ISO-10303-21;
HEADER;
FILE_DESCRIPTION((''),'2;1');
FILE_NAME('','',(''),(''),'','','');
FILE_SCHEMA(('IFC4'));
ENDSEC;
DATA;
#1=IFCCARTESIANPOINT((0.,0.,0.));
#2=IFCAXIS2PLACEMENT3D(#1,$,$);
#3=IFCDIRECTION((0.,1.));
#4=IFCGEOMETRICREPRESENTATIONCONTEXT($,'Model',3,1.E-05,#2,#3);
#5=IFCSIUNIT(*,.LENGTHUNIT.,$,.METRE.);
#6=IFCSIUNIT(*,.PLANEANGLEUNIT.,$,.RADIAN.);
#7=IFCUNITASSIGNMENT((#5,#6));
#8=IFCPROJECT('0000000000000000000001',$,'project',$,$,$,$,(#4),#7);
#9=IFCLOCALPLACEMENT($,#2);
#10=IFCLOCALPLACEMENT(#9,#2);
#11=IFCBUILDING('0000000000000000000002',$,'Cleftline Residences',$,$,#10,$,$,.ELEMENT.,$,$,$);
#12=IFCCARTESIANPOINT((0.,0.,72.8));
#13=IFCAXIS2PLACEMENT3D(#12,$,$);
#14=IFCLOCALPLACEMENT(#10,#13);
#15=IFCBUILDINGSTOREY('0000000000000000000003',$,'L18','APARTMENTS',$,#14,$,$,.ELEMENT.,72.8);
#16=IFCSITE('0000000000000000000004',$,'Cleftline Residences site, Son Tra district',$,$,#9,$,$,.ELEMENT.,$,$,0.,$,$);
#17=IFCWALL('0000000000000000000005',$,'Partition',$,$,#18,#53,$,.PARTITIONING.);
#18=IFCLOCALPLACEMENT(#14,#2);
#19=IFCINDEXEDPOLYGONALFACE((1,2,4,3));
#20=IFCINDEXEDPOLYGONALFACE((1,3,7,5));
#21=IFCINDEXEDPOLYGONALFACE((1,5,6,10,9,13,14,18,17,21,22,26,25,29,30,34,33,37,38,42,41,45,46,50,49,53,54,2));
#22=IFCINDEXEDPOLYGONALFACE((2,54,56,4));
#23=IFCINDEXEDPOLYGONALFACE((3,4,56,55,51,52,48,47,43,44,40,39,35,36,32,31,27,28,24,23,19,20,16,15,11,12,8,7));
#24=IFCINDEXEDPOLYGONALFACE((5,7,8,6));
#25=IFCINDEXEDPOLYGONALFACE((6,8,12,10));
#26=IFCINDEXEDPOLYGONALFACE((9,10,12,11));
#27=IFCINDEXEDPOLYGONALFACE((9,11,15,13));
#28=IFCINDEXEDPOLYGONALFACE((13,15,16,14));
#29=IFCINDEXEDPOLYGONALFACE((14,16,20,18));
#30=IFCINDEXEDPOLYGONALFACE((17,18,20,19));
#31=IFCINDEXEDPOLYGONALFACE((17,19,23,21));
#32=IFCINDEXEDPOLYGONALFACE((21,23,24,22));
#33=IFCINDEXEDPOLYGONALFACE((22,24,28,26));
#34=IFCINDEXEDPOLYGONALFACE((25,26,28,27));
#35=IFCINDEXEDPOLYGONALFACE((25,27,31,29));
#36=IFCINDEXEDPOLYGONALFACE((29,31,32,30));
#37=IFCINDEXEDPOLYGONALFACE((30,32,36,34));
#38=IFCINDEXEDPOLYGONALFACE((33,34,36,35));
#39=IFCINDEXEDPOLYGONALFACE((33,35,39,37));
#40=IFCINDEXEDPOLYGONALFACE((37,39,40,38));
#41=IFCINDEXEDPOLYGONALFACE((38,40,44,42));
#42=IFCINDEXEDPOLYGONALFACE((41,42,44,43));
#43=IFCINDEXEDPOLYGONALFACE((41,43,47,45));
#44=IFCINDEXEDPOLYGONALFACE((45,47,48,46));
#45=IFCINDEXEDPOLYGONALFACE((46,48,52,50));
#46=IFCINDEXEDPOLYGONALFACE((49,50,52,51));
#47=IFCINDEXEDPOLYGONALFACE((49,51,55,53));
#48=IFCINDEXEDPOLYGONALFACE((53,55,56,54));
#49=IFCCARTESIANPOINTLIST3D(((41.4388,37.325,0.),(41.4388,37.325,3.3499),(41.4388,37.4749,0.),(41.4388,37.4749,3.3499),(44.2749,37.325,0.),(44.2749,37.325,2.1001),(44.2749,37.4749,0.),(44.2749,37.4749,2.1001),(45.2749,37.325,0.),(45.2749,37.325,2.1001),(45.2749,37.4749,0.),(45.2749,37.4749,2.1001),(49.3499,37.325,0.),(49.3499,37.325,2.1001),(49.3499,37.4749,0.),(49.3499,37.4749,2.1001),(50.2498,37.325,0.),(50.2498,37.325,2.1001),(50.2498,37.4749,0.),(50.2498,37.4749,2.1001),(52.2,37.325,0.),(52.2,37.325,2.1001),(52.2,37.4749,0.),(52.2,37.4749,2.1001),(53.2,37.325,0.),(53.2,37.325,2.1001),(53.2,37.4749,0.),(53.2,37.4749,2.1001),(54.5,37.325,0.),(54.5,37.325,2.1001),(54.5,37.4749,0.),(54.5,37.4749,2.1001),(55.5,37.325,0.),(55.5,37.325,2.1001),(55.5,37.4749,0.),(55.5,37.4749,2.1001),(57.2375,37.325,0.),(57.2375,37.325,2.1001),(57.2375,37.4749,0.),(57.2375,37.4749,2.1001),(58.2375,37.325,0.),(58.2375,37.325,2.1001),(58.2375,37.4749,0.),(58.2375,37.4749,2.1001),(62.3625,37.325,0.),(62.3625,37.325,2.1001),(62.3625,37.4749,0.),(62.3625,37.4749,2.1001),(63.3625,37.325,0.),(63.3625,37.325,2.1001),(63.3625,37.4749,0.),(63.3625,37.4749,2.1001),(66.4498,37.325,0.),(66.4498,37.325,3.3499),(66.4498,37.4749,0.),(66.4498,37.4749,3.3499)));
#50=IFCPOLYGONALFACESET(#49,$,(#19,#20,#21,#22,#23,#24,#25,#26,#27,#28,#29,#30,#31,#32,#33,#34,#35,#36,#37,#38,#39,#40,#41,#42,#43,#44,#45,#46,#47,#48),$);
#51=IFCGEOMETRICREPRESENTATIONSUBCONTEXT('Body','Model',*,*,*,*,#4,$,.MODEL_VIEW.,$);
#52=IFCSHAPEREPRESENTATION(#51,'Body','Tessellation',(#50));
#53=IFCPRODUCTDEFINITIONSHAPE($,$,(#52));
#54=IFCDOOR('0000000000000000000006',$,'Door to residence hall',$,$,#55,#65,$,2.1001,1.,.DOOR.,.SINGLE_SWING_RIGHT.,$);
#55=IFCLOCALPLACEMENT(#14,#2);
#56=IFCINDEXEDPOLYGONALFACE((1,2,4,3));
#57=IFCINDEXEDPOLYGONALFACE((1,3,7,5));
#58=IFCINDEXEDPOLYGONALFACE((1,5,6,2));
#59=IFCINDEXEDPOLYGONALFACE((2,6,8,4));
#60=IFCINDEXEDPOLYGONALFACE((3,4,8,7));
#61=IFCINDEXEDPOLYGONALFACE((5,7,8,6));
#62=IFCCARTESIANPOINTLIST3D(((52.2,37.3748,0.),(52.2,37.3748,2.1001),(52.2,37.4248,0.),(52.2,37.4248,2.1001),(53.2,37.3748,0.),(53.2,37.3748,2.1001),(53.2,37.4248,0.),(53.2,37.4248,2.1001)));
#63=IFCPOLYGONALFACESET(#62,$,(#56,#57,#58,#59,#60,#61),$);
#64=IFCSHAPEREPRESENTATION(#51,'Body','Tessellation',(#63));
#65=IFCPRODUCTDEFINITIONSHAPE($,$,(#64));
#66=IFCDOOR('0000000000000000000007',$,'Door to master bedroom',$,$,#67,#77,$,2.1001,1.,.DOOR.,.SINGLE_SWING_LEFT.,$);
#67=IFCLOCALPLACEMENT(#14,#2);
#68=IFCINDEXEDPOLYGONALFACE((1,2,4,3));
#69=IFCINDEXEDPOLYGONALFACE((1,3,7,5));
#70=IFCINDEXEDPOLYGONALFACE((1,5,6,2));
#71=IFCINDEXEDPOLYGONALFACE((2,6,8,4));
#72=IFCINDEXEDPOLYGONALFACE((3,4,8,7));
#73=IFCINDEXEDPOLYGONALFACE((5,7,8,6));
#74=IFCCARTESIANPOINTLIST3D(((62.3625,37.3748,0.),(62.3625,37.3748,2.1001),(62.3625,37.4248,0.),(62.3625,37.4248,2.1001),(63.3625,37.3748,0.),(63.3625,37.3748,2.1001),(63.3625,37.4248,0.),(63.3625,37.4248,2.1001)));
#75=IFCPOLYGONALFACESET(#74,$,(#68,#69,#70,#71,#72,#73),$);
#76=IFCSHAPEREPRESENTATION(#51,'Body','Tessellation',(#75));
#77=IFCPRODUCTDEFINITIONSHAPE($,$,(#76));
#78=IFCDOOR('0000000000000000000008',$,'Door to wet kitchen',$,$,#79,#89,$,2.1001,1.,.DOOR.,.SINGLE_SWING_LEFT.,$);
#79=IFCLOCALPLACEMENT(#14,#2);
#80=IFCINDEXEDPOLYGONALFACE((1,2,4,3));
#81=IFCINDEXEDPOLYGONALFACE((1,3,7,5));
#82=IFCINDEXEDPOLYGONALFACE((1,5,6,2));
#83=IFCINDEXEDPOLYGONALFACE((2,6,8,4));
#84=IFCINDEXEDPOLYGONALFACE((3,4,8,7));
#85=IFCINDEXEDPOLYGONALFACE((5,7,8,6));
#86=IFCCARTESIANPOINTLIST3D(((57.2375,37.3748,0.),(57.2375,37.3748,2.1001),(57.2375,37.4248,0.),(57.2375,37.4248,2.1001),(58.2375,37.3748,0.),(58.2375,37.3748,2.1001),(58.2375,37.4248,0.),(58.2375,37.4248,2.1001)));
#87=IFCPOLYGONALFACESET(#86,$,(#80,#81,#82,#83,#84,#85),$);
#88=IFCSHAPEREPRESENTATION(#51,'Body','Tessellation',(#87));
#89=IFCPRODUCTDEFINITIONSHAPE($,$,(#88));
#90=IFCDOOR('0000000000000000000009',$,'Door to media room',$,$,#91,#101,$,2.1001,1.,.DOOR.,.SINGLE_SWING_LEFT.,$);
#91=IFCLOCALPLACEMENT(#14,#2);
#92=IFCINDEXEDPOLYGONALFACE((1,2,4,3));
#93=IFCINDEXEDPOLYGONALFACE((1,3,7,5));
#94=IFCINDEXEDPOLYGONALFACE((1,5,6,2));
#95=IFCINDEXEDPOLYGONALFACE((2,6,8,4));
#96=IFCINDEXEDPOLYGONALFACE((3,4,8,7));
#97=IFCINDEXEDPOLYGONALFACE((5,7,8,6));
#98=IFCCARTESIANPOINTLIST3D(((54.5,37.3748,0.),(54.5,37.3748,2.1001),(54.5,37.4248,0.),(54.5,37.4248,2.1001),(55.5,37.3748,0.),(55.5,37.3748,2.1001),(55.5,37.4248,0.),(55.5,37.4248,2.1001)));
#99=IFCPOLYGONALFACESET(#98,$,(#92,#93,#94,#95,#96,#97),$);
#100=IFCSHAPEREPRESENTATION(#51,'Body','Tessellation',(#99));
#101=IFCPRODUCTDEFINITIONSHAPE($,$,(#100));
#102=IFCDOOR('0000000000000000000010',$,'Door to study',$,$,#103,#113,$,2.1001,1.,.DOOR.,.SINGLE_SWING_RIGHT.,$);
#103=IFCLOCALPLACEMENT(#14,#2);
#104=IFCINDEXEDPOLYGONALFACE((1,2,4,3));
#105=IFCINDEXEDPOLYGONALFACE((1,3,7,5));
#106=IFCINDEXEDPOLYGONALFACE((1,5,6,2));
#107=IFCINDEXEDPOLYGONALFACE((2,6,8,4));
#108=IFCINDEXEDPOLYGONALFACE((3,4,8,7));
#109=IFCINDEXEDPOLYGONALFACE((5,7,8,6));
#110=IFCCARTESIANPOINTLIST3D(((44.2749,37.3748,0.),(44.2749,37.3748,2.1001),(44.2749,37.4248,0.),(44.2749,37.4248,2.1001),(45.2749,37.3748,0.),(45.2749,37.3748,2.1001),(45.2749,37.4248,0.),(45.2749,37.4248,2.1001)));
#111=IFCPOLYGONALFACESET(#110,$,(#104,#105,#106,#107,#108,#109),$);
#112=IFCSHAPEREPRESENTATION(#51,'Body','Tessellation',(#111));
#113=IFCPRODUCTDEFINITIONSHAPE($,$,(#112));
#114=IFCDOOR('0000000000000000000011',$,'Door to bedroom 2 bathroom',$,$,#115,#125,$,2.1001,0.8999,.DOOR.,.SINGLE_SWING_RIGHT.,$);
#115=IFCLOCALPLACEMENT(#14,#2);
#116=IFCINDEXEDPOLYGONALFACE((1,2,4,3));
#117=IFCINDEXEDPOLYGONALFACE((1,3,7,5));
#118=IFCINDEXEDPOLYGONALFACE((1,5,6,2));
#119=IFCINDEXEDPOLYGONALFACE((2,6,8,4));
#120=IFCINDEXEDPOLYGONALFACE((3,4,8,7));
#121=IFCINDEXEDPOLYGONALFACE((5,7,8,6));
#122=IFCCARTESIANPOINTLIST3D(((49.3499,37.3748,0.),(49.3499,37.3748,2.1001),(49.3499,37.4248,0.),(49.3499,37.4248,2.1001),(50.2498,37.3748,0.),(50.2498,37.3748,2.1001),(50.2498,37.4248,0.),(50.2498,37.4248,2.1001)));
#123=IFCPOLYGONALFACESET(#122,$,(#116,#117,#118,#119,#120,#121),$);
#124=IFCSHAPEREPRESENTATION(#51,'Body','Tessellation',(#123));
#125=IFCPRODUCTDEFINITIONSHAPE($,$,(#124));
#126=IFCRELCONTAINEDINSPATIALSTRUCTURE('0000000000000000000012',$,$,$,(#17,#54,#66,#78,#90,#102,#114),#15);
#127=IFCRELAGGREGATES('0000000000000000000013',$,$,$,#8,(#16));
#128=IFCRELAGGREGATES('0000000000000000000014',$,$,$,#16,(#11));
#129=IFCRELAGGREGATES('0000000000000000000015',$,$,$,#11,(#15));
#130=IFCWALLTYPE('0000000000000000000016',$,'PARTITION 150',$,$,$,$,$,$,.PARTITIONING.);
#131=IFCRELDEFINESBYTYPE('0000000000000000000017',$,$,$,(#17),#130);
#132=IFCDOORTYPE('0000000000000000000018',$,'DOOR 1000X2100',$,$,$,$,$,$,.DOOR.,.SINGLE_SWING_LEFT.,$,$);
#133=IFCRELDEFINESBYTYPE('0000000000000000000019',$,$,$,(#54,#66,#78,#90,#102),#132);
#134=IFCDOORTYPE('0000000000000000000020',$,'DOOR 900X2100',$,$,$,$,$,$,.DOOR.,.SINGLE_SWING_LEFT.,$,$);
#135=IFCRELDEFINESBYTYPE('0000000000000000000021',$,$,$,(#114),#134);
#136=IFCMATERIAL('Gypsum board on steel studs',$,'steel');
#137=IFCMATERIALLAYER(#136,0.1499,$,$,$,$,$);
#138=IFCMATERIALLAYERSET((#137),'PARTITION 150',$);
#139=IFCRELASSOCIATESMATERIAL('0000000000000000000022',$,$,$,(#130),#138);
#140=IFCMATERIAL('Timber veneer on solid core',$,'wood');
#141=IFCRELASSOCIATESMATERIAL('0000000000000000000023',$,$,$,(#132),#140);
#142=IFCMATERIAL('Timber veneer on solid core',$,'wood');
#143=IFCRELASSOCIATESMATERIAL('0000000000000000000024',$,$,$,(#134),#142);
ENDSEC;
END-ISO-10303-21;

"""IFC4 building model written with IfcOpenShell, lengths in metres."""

from ifc_helpers import new_model, si_unit, direction, frame, frame_2d, origin, place, context, subcontext, project, spatial, rectangle, extrude, material, layer, layer_set, type_object, element, fill, save


model = new_model("IFC4")

# Units and contexts
model_context = context("Model", 3, precision=1e-05, world=origin(), true_north=direction((0.0, 1.0)))
body_context = subcontext(model_context, "Body", "Model", "MODEL_VIEW")
ifc_project = project(units=[si_unit("LENGTHUNIT", "METRE"), si_unit("PLANEANGLEUNIT", "RADIAN")], contexts=[model_context])

# Site, building, storey
site_placement = place(None, origin())
site = spatial("IfcSite", under=ifc_project, at=site_placement, Name="Cleftline Residences site, Son Tra district", CompositionType="ELEMENT", RefElevation=0.0)
building_placement = place(site_placement, origin())
building = spatial("IfcBuilding", under=site, at=building_placement, Name="Cleftline Residences", CompositionType="ELEMENT")
storey_placement = place(building_placement, frame((0.0, 0.0, 72.8)))
storey = spatial("IfcBuildingStorey", under=building, at=storey_placement, Name="L18", Description="APARTMENTS", CompositionType="ELEMENT", Elevation=72.8)

# Wall, openings, doors
ifc_material_1 = material(Name="Gypsum board on steel studs", Category="steel")
ifc_layer_1 = layer(ifc_material_1, 0.1499)
ifc_layer_set_1 = layer_set([ifc_layer_1], Name="PARTITION 150")
wall_type = type_object("IfcWallType", Name="PARTITION 150", PredefinedType="PARTITIONING", material=ifc_layer_set_1)
wall_1_placement = place(storey_placement, frame((41.439, 37.3999, 0.0), z_axis=(0.0, 0.0, 1.0), x_axis=(1.0, 0.0, 0.0)))
wall_1 = element("IfcWall", 1, at=wall_1_placement, inside=storey, type_object=wall_type, Name="Partition", PredefinedType="PARTITIONING", context=body_context, shape_type="SweptSolid", body=[
    extrude(rectangle(XDim=25.011, YDim=0.1499, at=frame_2d((12.5054, 0.0))), origin(), (0.0, 0.0, 1.0), 3.3499),
])
opening_1_placement = place(wall_1_placement, frame((10.761, 0.0, 0.0)))
opening_1 = element("IfcOpeningElement", 2, at=opening_1_placement, cuts=wall_1, PredefinedType="OPENING", context=body_context, shape_type="SweptSolid", body=[
    extrude(rectangle(XDim=1.0, YDim=2.1001, at=frame_2d((0.5, 1.05))), frame((0.0, 0.085, 0.0), z_axis=(0.0, -1.0, 0.0), x_axis=(1.0, 0.0, 0.0)), (0.0, 0.0, 1.0), 0.1699),
])
opening_2_placement = place(wall_1_placement, frame((20.9236, 0.0, 0.0)))
opening_2 = element("IfcOpeningElement", 3, at=opening_2_placement, cuts=wall_1, PredefinedType="OPENING", context=body_context, shape_type="SweptSolid", body=[
    extrude(rectangle(XDim=1.0, YDim=2.1001, at=frame_2d((0.5, 1.05))), frame((0.0, 0.085, 0.0), z_axis=(0.0, -1.0, 0.0), x_axis=(1.0, 0.0, 0.0)), (0.0, 0.0, 1.0), 0.1699),
])
opening_3_placement = place(wall_1_placement, frame((15.7986, 0.0, 0.0)))
opening_3 = element("IfcOpeningElement", 4, at=opening_3_placement, cuts=wall_1, PredefinedType="OPENING", context=body_context, shape_type="SweptSolid", body=[
    extrude(rectangle(XDim=1.0, YDim=2.1001, at=frame_2d((0.5, 1.05))), frame((0.0, 0.085, 0.0), z_axis=(0.0, -1.0, 0.0), x_axis=(1.0, 0.0, 0.0)), (0.0, 0.0, 1.0), 0.1699),
])
opening_4_placement = place(wall_1_placement, frame((13.061, 0.0, 0.0)))
opening_4 = element("IfcOpeningElement", 5, at=opening_4_placement, cuts=wall_1, PredefinedType="OPENING", context=body_context, shape_type="SweptSolid", body=[
    extrude(rectangle(XDim=1.0, YDim=2.1001, at=frame_2d((0.5, 1.05))), frame((0.0, 0.085, 0.0), z_axis=(0.0, -1.0, 0.0), x_axis=(1.0, 0.0, 0.0)), (0.0, 0.0, 1.0), 0.1699),
])
opening_5_placement = place(wall_1_placement, frame((7.9109, 0.0, 0.0)))
opening_5 = element("IfcOpeningElement", 6, at=opening_5_placement, cuts=wall_1, PredefinedType="OPENING", context=body_context, shape_type="SweptSolid", body=[
    extrude(rectangle(XDim=0.8999, YDim=2.1001, at=frame_2d((0.45, 1.05))), frame((0.0, 0.085, 0.0), z_axis=(0.0, -1.0, 0.0), x_axis=(1.0, 0.0, 0.0)), (0.0, 0.0, 1.0), 0.1699),
])
opening_6_placement = place(wall_1_placement, frame((2.8359, 0.0, 0.0)))
opening_6 = element("IfcOpeningElement", 7, at=opening_6_placement, cuts=wall_1, PredefinedType="OPENING", context=body_context, shape_type="SweptSolid", body=[
    extrude(rectangle(XDim=1.0, YDim=2.1001, at=frame_2d((0.5, 1.05))), frame((0.0, 0.085, 0.0), z_axis=(0.0, -1.0, 0.0), x_axis=(1.0, 0.0, 0.0)), (0.0, 0.0, 1.0), 0.1699),
])
ifc_material_2 = material(Name="Timber veneer on solid core", Category="wood")
door_type_1 = type_object("IfcDoorType", Name="DOOR 1000X2100", OperationType="SINGLE_SWING_LEFT", PredefinedType="DOOR", material=ifc_material_2)
door_1_placement = place(opening_1_placement, origin())
door_1 = element("IfcDoor", 8, at=door_1_placement, inside=storey, type_object=door_type_1, Name="Door to residence hall", OperationType="SINGLE_SWING_RIGHT", OverallHeight=2.1001, OverallWidth=1.0, PredefinedType="DOOR", context=body_context, shape_type="SweptSolid", body=[
    extrude(rectangle(XDim=1.0, YDim=2.1001, at=frame_2d((0.5, 1.05))), frame((0.0, 0.0249, 0.0), z_axis=(0.0, -1.0, 0.0), x_axis=(1.0, 0.0, 0.0)), (0.0, 0.0, 1.0), 0.05),
])
fill(opening_1, door_1)
door_2_placement = place(opening_2_placement, origin())
door_2 = element("IfcDoor", 9, at=door_2_placement, inside=storey, type_object=door_type_1, Name="Door to master bedroom", OperationType="SINGLE_SWING_LEFT", OverallHeight=2.1001, OverallWidth=1.0, PredefinedType="DOOR", context=body_context, shape_type="SweptSolid", body=[
    extrude(rectangle(XDim=1.0, YDim=2.1001, at=frame_2d((0.5, 1.05))), frame((0.0, 0.0249, 0.0), z_axis=(0.0, -1.0, 0.0), x_axis=(1.0, 0.0, 0.0)), (0.0, 0.0, 1.0), 0.05),
])
fill(opening_2, door_2)
door_3_placement = place(opening_3_placement, origin())
door_3 = element("IfcDoor", 10, at=door_3_placement, inside=storey, type_object=door_type_1, Name="Door to wet kitchen", OperationType="SINGLE_SWING_LEFT", OverallHeight=2.1001, OverallWidth=1.0, PredefinedType="DOOR", context=body_context, shape_type="SweptSolid", body=[
    extrude(rectangle(XDim=1.0, YDim=2.1001, at=frame_2d((0.5, 1.05))), frame((0.0, 0.0249, 0.0), z_axis=(0.0, -1.0, 0.0), x_axis=(1.0, 0.0, 0.0)), (0.0, 0.0, 1.0), 0.05),
])
fill(opening_3, door_3)
door_4_placement = place(opening_4_placement, origin())
door_4 = element("IfcDoor", 11, at=door_4_placement, inside=storey, type_object=door_type_1, Name="Door to media room", OperationType="SINGLE_SWING_LEFT", OverallHeight=2.1001, OverallWidth=1.0, PredefinedType="DOOR", context=body_context, shape_type="SweptSolid", body=[
    extrude(rectangle(XDim=1.0, YDim=2.1001, at=frame_2d((0.5, 1.05))), frame((0.0, 0.0249, 0.0), z_axis=(0.0, -1.0, 0.0), x_axis=(1.0, 0.0, 0.0)), (0.0, 0.0, 1.0), 0.05),
])
fill(opening_4, door_4)
door_5_placement = place(opening_6_placement, origin())
door_5 = element("IfcDoor", 12, at=door_5_placement, inside=storey, type_object=door_type_1, Name="Door to study", OperationType="SINGLE_SWING_RIGHT", OverallHeight=2.1001, OverallWidth=1.0, PredefinedType="DOOR", context=body_context, shape_type="SweptSolid", body=[
    extrude(rectangle(XDim=1.0, YDim=2.1001, at=frame_2d((0.5, 1.05))), frame((0.0, 0.0249, 0.0), z_axis=(0.0, -1.0, 0.0), x_axis=(1.0, 0.0, 0.0)), (0.0, 0.0, 1.0), 0.05),
])
fill(opening_6, door_5)
ifc_material_3 = material(Name="Timber veneer on solid core", Category="wood")
door_type_2 = type_object("IfcDoorType", Name="DOOR 900X2100", OperationType="SINGLE_SWING_LEFT", PredefinedType="DOOR", material=ifc_material_3)
door_6_placement = place(opening_5_placement, origin())
door_6 = element("IfcDoor", 13, at=door_6_placement, inside=storey, type_object=door_type_2, Name="Door to bedroom 2 bathroom", OperationType="SINGLE_SWING_RIGHT", OverallHeight=2.1001, OverallWidth=0.8999, PredefinedType="DOOR", context=body_context, shape_type="SweptSolid", body=[
    extrude(rectangle(XDim=0.8999, YDim=2.1001, at=frame_2d((0.45, 1.05))), frame((0.0, 0.0249, 0.0), z_axis=(0.0, -1.0, 0.0), x_axis=(1.0, 0.0, 0.0)), (0.0, 0.0, 1.0), 0.05),
])
fill(opening_5, door_6)

save(model, "model.ifc")
